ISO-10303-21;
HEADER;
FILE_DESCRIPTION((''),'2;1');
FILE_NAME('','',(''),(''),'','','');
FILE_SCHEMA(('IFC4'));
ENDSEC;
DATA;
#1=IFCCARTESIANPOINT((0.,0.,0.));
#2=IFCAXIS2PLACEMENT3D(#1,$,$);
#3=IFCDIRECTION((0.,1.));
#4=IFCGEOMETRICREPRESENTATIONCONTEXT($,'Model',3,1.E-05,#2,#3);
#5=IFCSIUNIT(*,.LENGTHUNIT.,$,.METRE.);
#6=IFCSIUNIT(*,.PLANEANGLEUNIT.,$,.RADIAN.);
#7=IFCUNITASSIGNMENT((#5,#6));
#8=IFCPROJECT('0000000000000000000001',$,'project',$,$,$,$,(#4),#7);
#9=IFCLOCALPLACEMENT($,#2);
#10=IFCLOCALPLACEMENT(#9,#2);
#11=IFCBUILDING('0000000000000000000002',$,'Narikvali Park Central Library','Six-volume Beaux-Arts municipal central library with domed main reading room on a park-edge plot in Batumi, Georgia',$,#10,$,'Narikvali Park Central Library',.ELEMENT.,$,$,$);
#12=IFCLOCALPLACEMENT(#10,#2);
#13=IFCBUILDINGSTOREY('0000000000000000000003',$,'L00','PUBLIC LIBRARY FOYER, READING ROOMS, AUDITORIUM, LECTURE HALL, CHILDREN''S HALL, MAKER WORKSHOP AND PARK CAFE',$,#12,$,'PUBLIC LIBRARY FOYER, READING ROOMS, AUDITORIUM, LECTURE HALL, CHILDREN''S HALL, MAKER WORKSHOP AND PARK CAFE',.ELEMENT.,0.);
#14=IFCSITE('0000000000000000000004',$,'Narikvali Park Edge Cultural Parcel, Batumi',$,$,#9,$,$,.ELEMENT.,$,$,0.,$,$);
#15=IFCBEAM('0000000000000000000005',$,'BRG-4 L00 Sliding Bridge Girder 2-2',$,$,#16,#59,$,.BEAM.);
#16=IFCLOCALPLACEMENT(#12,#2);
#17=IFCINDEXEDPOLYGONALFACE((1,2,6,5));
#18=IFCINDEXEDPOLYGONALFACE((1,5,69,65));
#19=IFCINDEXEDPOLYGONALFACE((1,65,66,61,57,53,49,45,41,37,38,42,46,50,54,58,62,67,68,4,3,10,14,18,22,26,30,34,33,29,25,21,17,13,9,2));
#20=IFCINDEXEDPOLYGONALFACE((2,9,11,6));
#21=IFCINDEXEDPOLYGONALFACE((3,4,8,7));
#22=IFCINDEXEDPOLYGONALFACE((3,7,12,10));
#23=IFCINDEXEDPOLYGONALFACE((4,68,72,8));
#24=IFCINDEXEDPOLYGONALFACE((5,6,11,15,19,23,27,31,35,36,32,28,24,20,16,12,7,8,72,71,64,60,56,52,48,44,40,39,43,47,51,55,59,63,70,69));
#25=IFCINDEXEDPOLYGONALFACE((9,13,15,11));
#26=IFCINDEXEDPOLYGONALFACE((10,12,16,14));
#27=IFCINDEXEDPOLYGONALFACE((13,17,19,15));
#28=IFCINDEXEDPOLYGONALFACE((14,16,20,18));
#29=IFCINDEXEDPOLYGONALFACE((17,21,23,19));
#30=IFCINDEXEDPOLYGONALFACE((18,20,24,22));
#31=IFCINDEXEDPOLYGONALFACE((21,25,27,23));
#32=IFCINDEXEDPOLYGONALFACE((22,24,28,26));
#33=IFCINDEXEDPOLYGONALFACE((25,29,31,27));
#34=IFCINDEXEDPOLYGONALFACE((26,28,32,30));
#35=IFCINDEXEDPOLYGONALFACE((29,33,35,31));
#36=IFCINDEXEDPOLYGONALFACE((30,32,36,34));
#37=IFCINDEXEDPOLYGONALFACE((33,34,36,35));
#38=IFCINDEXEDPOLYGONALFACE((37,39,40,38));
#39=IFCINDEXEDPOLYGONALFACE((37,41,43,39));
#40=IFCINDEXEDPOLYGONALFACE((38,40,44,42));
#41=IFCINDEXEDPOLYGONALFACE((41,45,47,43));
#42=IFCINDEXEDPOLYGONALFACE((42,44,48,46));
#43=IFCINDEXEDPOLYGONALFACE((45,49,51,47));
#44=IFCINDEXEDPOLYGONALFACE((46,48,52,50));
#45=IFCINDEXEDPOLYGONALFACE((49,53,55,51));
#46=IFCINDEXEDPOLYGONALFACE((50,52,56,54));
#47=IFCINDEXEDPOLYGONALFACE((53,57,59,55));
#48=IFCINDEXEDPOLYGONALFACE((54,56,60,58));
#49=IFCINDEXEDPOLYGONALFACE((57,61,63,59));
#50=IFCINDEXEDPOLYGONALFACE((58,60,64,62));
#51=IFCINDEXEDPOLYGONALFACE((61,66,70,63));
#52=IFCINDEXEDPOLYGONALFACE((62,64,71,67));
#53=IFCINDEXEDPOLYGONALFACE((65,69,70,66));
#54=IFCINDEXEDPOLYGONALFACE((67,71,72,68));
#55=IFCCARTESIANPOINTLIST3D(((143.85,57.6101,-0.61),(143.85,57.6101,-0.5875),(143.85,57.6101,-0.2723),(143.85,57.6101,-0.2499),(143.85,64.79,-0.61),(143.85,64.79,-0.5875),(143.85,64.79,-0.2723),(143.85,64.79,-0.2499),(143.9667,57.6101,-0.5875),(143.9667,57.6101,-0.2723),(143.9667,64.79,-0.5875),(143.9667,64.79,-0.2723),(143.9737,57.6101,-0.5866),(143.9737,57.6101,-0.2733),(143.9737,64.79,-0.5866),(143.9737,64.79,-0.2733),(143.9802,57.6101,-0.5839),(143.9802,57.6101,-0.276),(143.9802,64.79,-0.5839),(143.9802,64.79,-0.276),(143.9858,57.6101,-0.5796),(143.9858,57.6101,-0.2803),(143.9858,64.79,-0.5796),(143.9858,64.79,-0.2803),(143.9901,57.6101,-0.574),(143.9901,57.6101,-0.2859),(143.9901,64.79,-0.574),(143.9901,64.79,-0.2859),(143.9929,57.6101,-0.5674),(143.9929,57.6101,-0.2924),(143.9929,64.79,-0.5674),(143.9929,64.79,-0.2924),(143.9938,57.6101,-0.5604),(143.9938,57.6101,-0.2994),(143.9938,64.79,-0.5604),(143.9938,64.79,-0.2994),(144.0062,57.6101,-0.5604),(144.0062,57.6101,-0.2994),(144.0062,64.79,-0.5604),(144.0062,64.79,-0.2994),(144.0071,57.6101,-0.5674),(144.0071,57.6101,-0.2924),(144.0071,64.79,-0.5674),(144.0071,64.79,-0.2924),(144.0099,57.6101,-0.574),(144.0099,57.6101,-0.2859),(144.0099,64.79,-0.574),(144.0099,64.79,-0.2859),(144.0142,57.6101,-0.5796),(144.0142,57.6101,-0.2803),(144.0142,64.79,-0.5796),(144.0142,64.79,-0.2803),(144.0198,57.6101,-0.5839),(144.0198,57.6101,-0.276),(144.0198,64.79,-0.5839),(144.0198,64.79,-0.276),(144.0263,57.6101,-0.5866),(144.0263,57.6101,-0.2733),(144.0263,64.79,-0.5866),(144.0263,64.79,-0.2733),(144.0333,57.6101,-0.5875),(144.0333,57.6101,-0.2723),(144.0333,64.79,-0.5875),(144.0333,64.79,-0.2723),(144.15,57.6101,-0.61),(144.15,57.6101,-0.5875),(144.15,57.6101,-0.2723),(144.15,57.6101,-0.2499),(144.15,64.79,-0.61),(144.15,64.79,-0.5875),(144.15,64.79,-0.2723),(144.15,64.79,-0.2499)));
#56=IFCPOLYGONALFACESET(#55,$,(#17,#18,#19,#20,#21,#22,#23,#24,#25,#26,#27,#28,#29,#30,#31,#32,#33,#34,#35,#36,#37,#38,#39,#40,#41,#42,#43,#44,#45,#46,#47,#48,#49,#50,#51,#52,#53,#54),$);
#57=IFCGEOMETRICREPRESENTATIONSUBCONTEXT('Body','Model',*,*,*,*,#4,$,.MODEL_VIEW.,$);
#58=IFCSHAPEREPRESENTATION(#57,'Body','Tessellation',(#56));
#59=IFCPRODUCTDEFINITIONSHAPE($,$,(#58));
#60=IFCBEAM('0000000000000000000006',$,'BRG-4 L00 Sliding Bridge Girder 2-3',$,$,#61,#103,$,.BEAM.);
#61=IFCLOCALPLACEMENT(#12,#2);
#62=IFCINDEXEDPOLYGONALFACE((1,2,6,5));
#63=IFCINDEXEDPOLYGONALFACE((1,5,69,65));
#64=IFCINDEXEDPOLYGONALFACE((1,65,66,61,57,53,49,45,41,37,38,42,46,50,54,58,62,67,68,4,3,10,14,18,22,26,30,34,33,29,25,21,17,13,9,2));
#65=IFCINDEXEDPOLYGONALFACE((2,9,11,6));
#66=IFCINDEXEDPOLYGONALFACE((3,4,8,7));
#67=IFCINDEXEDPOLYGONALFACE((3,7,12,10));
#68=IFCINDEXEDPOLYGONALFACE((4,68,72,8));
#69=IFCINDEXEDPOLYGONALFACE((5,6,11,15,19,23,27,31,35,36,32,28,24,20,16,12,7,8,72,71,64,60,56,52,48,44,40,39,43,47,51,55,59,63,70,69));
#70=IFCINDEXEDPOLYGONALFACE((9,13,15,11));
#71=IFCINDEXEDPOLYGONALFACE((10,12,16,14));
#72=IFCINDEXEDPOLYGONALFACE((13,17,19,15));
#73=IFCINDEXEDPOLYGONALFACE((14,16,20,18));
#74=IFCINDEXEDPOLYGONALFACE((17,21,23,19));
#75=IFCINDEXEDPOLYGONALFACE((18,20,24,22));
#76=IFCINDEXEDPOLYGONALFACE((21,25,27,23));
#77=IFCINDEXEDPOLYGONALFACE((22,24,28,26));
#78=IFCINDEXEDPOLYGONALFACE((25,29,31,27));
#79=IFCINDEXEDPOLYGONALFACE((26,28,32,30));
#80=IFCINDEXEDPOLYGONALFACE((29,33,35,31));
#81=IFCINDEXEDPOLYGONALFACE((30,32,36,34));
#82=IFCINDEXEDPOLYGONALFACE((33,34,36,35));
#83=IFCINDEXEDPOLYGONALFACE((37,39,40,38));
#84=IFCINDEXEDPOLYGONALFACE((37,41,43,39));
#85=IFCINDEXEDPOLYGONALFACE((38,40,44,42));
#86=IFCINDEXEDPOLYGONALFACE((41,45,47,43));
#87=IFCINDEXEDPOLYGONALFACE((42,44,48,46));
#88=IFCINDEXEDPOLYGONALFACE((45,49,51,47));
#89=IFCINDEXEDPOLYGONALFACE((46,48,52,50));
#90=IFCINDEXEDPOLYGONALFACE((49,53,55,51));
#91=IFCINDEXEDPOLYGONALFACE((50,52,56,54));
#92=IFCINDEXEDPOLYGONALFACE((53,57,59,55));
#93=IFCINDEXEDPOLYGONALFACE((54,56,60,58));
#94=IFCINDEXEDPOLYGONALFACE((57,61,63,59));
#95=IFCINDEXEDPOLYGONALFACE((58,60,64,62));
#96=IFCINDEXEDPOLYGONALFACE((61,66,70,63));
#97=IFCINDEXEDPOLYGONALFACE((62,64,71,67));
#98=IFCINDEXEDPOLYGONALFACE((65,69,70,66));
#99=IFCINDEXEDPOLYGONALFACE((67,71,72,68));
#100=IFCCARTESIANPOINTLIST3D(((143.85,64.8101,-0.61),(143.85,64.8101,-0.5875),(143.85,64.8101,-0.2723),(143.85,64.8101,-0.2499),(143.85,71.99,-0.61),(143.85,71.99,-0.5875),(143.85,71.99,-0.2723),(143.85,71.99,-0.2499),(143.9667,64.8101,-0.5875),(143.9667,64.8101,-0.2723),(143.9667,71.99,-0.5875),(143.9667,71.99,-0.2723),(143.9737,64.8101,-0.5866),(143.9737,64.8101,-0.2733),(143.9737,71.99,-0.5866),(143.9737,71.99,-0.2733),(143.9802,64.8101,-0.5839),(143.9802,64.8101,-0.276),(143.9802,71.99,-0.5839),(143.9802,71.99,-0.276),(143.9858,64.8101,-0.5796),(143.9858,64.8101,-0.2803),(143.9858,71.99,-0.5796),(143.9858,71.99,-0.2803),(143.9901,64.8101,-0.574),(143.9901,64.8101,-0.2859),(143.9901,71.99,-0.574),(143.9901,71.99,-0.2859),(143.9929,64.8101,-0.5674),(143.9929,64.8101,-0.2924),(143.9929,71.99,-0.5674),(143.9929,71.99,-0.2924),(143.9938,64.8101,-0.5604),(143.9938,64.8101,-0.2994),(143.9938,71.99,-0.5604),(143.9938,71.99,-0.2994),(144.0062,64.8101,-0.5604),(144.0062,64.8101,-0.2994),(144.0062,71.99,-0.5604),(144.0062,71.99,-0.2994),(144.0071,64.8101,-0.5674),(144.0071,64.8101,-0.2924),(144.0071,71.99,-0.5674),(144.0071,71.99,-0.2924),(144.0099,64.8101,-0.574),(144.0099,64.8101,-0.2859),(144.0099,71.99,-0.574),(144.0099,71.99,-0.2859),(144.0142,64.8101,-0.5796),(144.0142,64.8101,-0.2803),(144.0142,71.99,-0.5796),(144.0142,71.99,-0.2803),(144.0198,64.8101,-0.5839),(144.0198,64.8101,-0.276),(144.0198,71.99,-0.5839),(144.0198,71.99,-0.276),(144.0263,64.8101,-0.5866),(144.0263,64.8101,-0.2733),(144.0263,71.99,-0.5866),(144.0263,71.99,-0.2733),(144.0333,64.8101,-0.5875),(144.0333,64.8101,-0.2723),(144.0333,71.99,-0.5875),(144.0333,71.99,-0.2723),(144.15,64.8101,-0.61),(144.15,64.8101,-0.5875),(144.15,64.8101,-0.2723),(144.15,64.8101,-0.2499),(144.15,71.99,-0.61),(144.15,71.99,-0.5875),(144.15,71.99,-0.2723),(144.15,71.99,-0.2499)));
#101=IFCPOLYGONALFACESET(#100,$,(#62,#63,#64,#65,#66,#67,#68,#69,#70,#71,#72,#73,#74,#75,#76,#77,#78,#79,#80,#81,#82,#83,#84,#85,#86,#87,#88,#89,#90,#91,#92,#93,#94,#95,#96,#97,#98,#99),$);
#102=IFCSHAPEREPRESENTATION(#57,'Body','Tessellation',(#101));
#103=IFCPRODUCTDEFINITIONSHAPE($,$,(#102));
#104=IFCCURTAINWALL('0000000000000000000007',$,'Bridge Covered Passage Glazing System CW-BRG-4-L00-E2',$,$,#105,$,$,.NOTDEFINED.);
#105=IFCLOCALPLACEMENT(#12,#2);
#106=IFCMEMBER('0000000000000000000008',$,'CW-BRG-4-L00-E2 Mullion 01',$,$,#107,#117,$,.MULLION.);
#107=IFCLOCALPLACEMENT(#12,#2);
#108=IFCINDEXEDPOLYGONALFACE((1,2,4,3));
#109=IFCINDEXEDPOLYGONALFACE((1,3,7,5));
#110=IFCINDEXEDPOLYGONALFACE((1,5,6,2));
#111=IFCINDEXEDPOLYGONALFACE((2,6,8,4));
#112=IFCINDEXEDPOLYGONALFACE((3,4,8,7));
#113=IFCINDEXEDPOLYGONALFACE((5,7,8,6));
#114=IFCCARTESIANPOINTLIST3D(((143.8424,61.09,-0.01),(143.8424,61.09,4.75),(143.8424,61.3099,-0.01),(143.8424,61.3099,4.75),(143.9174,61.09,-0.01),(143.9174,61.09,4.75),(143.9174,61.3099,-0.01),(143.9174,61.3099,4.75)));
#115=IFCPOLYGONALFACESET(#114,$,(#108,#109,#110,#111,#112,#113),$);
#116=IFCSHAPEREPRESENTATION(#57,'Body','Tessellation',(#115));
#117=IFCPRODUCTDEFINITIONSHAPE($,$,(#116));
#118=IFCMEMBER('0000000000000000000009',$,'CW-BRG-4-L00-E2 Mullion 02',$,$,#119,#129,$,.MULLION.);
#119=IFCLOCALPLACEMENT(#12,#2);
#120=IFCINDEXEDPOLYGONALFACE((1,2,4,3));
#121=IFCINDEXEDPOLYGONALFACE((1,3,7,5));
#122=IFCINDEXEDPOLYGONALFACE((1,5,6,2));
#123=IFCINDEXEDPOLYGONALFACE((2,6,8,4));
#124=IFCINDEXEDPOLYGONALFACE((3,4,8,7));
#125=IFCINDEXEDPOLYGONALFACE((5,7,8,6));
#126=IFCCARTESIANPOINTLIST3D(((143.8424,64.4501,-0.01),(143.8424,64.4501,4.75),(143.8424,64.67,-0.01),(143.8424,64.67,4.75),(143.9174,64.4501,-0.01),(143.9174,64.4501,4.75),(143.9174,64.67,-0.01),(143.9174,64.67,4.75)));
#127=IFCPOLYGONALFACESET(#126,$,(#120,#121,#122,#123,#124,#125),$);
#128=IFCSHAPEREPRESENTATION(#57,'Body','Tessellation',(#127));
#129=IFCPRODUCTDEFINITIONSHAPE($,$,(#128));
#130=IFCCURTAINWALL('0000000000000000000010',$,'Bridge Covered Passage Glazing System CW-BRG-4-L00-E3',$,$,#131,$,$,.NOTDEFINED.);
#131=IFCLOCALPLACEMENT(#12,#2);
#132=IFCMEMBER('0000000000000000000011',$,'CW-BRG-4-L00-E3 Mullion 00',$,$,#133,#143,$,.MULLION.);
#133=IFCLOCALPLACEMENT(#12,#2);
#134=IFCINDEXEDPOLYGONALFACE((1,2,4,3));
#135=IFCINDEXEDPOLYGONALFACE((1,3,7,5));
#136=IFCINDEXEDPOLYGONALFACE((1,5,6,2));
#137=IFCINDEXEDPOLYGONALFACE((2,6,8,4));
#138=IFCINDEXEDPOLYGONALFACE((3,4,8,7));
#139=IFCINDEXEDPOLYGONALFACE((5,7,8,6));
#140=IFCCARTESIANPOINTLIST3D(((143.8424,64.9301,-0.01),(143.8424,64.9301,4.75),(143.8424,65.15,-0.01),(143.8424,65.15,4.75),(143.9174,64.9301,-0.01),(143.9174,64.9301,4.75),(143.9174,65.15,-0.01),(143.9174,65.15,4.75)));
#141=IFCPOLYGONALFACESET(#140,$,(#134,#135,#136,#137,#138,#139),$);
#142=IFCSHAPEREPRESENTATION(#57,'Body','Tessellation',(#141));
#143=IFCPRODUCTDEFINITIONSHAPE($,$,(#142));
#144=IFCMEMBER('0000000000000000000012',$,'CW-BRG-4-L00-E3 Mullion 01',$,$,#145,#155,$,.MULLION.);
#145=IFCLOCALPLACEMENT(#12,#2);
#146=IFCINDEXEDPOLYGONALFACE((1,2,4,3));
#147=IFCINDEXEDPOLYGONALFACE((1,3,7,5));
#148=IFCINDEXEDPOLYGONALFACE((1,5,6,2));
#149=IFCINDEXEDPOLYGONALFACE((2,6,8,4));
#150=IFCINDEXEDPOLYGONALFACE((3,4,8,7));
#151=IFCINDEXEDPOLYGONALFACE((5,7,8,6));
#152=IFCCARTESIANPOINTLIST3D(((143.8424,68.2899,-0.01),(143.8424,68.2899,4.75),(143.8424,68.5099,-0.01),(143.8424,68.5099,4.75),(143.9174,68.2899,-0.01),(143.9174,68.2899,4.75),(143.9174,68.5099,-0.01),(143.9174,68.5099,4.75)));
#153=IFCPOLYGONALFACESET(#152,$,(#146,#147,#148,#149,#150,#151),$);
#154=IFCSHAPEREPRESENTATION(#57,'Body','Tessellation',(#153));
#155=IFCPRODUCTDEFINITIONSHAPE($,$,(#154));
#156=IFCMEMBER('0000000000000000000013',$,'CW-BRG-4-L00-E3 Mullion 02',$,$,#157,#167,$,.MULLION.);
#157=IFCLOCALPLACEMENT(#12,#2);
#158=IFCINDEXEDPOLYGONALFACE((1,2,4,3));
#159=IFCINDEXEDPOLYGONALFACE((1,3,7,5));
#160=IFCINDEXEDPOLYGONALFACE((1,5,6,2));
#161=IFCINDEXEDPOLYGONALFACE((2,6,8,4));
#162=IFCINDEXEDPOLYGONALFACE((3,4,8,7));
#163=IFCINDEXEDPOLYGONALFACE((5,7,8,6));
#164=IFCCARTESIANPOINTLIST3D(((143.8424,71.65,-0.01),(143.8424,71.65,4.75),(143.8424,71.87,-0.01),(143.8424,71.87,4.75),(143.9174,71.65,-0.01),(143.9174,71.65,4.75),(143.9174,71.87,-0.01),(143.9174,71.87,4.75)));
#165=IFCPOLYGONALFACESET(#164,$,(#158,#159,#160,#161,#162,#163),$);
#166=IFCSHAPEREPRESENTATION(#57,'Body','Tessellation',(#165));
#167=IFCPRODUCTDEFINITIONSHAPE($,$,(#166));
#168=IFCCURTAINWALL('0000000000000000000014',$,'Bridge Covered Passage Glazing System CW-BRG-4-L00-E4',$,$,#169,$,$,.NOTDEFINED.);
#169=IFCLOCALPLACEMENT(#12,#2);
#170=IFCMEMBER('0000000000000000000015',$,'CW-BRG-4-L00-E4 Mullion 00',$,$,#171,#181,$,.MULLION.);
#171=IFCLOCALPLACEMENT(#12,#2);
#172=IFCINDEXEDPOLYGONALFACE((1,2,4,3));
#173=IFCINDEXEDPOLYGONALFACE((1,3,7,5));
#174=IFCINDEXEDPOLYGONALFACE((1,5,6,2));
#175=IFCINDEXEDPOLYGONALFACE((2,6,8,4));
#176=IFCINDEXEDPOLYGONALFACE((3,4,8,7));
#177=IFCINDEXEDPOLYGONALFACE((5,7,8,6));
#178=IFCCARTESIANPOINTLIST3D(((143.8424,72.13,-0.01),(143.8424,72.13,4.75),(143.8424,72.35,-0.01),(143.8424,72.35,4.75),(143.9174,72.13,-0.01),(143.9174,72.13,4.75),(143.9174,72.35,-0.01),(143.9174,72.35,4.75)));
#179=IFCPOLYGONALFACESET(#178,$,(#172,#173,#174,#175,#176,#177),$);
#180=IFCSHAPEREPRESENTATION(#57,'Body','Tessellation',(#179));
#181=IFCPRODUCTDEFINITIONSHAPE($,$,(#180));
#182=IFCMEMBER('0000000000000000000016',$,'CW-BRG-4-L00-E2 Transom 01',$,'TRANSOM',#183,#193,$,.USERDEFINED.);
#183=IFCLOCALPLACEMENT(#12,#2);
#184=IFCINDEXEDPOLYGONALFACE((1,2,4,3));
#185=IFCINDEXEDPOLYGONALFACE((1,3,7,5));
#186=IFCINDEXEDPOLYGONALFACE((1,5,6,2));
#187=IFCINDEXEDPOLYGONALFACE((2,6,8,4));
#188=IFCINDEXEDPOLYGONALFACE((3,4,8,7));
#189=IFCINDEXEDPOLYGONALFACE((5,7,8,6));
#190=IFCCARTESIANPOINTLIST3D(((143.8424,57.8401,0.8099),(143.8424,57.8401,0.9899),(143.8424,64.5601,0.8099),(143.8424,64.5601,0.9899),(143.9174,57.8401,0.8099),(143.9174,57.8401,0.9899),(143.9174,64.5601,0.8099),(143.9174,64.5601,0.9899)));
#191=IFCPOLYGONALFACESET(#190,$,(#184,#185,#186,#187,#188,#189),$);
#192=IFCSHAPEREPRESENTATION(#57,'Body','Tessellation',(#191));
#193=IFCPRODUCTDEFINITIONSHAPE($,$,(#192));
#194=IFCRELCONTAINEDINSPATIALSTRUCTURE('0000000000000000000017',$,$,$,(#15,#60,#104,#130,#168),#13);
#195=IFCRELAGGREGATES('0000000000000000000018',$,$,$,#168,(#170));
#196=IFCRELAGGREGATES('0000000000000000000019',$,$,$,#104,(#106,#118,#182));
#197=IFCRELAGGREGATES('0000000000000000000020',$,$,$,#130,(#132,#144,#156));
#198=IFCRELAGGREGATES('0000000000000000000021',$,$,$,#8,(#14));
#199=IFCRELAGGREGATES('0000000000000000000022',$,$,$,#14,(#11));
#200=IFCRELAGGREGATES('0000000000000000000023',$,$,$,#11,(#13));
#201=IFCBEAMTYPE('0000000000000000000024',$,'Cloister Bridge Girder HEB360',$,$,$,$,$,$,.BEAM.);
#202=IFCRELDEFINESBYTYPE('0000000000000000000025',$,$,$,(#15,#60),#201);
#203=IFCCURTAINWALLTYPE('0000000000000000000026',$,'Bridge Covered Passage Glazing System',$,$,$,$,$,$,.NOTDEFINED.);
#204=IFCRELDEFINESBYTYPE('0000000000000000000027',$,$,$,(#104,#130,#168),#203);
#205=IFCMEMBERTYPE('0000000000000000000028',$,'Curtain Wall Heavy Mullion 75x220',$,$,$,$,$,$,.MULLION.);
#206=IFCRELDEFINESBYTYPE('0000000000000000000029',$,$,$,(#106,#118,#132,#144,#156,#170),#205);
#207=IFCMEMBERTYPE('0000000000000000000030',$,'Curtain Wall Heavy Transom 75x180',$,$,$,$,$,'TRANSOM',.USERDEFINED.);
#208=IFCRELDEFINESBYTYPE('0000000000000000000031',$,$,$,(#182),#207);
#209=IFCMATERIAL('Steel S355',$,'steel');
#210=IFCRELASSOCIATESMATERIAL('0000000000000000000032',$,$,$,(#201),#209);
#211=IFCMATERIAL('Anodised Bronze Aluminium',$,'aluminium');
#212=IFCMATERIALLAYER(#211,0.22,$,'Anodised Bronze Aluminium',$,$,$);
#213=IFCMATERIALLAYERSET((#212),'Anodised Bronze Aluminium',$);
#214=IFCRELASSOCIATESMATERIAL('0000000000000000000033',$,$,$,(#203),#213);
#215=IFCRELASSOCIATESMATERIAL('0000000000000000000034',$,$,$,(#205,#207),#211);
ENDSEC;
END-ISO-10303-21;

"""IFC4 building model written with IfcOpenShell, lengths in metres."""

from ifc_helpers import new_model, si_unit, direction, frame, origin, origin_2d, place, context, subcontext, project, spatial, rectangle, i_section, extrude, material, layer, layer_set, material_profile, profile_set, type_object, element, aggregate, save


model = new_model("IFC4")

# Units and contexts
model_context = context("Model", 3, precision=1e-05, world=origin(), true_north=direction((0.0, 1.0)))
body_context = subcontext(model_context, "Body", "Model", "MODEL_VIEW")
ifc_project = project(units=[si_unit("LENGTHUNIT", "METRE"), si_unit("PLANEANGLEUNIT", "RADIAN")], contexts=[model_context])

# Site, building, storey
site_placement = place(None, origin())
site = spatial("IfcSite", under=ifc_project, at=site_placement, Name="Narikvali Park Edge Cultural Parcel, Batumi", CompositionType="ELEMENT", RefElevation=0.0)
building_placement = place(site_placement, origin())
building = spatial("IfcBuilding", under=site, at=building_placement, Name="Narikvali Park Central Library", Description="Six-volume Beaux-Arts municipal central library with domed main reading room on a park-edge plot in Batumi, Georgia", LongName="Narikvali Park Central Library", CompositionType="ELEMENT")
storey_placement = place(building_placement, origin())
storey = spatial("IfcBuildingStorey", under=building, at=storey_placement, Name="L00", Description="PUBLIC LIBRARY FOYER, READING ROOMS, AUDITORIUM, LECTURE HALL, CHILDREN'S HALL, MAKER WORKSHOP AND PARK CAFE", LongName="PUBLIC LIBRARY FOYER, READING ROOMS, AUDITORIUM, LECTURE HALL, CHILDREN'S HALL, MAKER WORKSHOP AND PARK CAFE", CompositionType="ELEMENT", Elevation=0.0)

# Shared definitions
ifc_material_1 = material(Name="Steel S355", Category="steel")

# Beams
ifc_material_profile_1 = material_profile(ifc_material_1, i_section(OverallWidth=0.3, OverallDepth=0.3601, WebThickness=0.0125, FlangeThickness=0.0225, FilletRadius=0.0271, at=origin_2d()), Name="HEB 360")
ifc_profile_set_1 = profile_set([ifc_material_profile_1], Name="Steel S355")
beam_type = type_object("IfcBeamType", Name="Cloister Bridge Girder HEB360", PredefinedType="BEAM", material=ifc_profile_set_1)
for number, where, z_axis, x_axis, name in (
    (1, (144.0, 57.6101, -0.4299), (0.0, 1.0, 0.0), (-1.0, 0.0, 0.0), "BRG-4 L00 Sliding Bridge Girder 2-2"),
    (2, (144.0, 64.8101, -0.4299), (0.0, 1.0, 0.0), (-1.0, 0.0, 0.0), "BRG-4 L00 Sliding Bridge Girder 2-3"),
):
    element("IfcBeam", number, at=place(storey_placement, frame(where, z_axis=z_axis, x_axis=x_axis)), inside=storey, type_object=beam_type, Name=name, PredefinedType="BEAM", context=body_context, shape_type="SweptSolid", body=[
        extrude(i_section(OverallWidth=0.3, OverallDepth=0.3601, WebThickness=0.0125, FlangeThickness=0.0225, FilletRadius=0.0271, at=origin_2d()), origin(), (0.0, 0.0, 1.0), 7.1799),
    ])

# Curtain walls, members
ifc_material_2 = material(Name="Anodised Bronze Aluminium", Category="aluminium")
ifc_layer_1 = layer(ifc_material_2, 0.22, Name="Anodised Bronze Aluminium")
ifc_layer_set_1 = layer_set([ifc_layer_1], Name="Anodised Bronze Aluminium")
curtain_wall_type = type_object("IfcCurtainWallType", Name="Bridge Covered Passage Glazing System", PredefinedType="NOTDEFINED", material=ifc_layer_set_1)
curtain_wall_1_placement = place(storey_placement, origin())
curtain_wall_1 = element("IfcCurtainWall", 3, at=curtain_wall_1_placement, inside=storey, type_object=curtain_wall_type, Name="Bridge Covered Passage Glazing System CW-BRG-4-L00-E2", PredefinedType="NOTDEFINED")
ifc_material_profile_2 = material_profile(ifc_material_2, rectangle(XDim=0.075, YDim=0.22, at=origin_2d()), Name="CW MULLION 75x220")
ifc_profile_set_2 = profile_set([ifc_material_profile_2], Name="Anodised Bronze Aluminium")
member_type_1 = type_object("IfcMemberType", Name="Curtain Wall Heavy Mullion 75x220", PredefinedType="MULLION", material=ifc_profile_set_2)
member_1_placement = place(storey_placement, frame((143.8799, 61.2, -0.01), z_axis=(0.0, 0.0, 1.0), x_axis=(1.0, 0.0, 0.0)))
member_1 = element("IfcMember", 4, at=member_1_placement, type_object=member_type_1, Name="CW-BRG-4-L00-E2 Mullion 01", PredefinedType="MULLION", context=body_context, shape_type="SweptSolid", body=[
    extrude(rectangle(XDim=0.075, YDim=0.22, at=origin_2d()), origin(), (0.0, 0.0, 1.0), 4.76),
])
member_2_placement = place(storey_placement, frame((143.8799, 64.5601, -0.01), z_axis=(0.0, 0.0, 1.0), x_axis=(1.0, 0.0, 0.0)))
member_2 = element("IfcMember", 5, at=member_2_placement, type_object=member_type_1, Name="CW-BRG-4-L00-E2 Mullion 02", PredefinedType="MULLION", context=body_context, shape_type="SweptSolid", body=[
    extrude(rectangle(XDim=0.075, YDim=0.22, at=origin_2d()), origin(), (0.0, 0.0, 1.0), 4.76),
])
curtain_wall_2_placement = place(storey_placement, origin())
curtain_wall_2 = element("IfcCurtainWall", 6, at=curtain_wall_2_placement, inside=storey, type_object=curtain_wall_type, Name="Bridge Covered Passage Glazing System CW-BRG-4-L00-E3", PredefinedType="NOTDEFINED")
member_3_placement = place(storey_placement, frame((143.8799, 65.04, -0.01), z_axis=(0.0, 0.0, 1.0), x_axis=(1.0, 0.0, 0.0)))
member_3 = element("IfcMember", 7, at=member_3_placement, type_object=member_type_1, Name="CW-BRG-4-L00-E3 Mullion 00", PredefinedType="MULLION", context=body_context, shape_type="SweptSolid", body=[
    extrude(rectangle(XDim=0.075, YDim=0.22, at=origin_2d()), origin(), (0.0, 0.0, 1.0), 4.76),
])
member_4_placement = place(storey_placement, frame((143.8799, 68.3999, -0.01), z_axis=(0.0, 0.0, 1.0), x_axis=(1.0, 0.0, 0.0)))
member_4 = element("IfcMember", 8, at=member_4_placement, type_object=member_type_1, Name="CW-BRG-4-L00-E3 Mullion 01", PredefinedType="MULLION", context=body_context, shape_type="SweptSolid", body=[
    extrude(rectangle(XDim=0.075, YDim=0.22, at=origin_2d()), origin(), (0.0, 0.0, 1.0), 4.76),
])
member_5_placement = place(storey_placement, frame((143.8799, 71.76, -0.01), z_axis=(0.0, 0.0, 1.0), x_axis=(1.0, 0.0, 0.0)))
member_5 = element("IfcMember", 9, at=member_5_placement, type_object=member_type_1, Name="CW-BRG-4-L00-E3 Mullion 02", PredefinedType="MULLION", context=body_context, shape_type="SweptSolid", body=[
    extrude(rectangle(XDim=0.075, YDim=0.22, at=origin_2d()), origin(), (0.0, 0.0, 1.0), 4.76),
])

# Curtain wall, member
curtain_wall_3_placement = place(storey_placement, origin())
curtain_wall_3 = element("IfcCurtainWall", 10, at=curtain_wall_3_placement, inside=storey, type_object=curtain_wall_type, Name="Bridge Covered Passage Glazing System CW-BRG-4-L00-E4", PredefinedType="NOTDEFINED")
member_6_placement = place(storey_placement, frame((143.8799, 72.24, -0.01), z_axis=(0.0, 0.0, 1.0), x_axis=(1.0, 0.0, 0.0)))
member_6 = element("IfcMember", 11, at=member_6_placement, type_object=member_type_1, Name="CW-BRG-4-L00-E4 Mullion 00", PredefinedType="MULLION", context=body_context, shape_type="SweptSolid", body=[
    extrude(rectangle(XDim=0.075, YDim=0.22, at=origin_2d()), origin(), (0.0, 0.0, 1.0), 4.76),
])

# Member
ifc_material_profile_3 = material_profile(ifc_material_2, rectangle(XDim=0.075, YDim=0.1799, at=origin_2d()), Name="CW TRANSOM 75x180")
ifc_profile_set_3 = profile_set([ifc_material_profile_3], Name="Anodised Bronze Aluminium")
member_type_2 = type_object("IfcMemberType", Name="Curtain Wall Heavy Transom 75x180", ElementType="TRANSOM", PredefinedType="USERDEFINED", material=ifc_profile_set_3)
member_7_placement = place(storey_placement, frame((143.8799, 57.8401, 0.8999), z_axis=(0.0, 1.0, 0.0), x_axis=(-1.0, 0.0, 0.0)))
member_7 = element("IfcMember", 12, at=member_7_placement, type_object=member_type_2, Name="CW-BRG-4-L00-E2 Transom 01", ObjectType="TRANSOM", PredefinedType="USERDEFINED", context=body_context, shape_type="SweptSolid", body=[
    extrude(rectangle(XDim=0.075, YDim=0.1799, at=origin_2d()), origin(), (0.0, 0.0, 1.0), 6.72),
])
aggregate(curtain_wall_3, [member_6])

aggregate(curtain_wall_1, [member_1, member_2, member_7])
aggregate(curtain_wall_2, [member_3, member_4, member_5])

save(model, "model.ifc")
